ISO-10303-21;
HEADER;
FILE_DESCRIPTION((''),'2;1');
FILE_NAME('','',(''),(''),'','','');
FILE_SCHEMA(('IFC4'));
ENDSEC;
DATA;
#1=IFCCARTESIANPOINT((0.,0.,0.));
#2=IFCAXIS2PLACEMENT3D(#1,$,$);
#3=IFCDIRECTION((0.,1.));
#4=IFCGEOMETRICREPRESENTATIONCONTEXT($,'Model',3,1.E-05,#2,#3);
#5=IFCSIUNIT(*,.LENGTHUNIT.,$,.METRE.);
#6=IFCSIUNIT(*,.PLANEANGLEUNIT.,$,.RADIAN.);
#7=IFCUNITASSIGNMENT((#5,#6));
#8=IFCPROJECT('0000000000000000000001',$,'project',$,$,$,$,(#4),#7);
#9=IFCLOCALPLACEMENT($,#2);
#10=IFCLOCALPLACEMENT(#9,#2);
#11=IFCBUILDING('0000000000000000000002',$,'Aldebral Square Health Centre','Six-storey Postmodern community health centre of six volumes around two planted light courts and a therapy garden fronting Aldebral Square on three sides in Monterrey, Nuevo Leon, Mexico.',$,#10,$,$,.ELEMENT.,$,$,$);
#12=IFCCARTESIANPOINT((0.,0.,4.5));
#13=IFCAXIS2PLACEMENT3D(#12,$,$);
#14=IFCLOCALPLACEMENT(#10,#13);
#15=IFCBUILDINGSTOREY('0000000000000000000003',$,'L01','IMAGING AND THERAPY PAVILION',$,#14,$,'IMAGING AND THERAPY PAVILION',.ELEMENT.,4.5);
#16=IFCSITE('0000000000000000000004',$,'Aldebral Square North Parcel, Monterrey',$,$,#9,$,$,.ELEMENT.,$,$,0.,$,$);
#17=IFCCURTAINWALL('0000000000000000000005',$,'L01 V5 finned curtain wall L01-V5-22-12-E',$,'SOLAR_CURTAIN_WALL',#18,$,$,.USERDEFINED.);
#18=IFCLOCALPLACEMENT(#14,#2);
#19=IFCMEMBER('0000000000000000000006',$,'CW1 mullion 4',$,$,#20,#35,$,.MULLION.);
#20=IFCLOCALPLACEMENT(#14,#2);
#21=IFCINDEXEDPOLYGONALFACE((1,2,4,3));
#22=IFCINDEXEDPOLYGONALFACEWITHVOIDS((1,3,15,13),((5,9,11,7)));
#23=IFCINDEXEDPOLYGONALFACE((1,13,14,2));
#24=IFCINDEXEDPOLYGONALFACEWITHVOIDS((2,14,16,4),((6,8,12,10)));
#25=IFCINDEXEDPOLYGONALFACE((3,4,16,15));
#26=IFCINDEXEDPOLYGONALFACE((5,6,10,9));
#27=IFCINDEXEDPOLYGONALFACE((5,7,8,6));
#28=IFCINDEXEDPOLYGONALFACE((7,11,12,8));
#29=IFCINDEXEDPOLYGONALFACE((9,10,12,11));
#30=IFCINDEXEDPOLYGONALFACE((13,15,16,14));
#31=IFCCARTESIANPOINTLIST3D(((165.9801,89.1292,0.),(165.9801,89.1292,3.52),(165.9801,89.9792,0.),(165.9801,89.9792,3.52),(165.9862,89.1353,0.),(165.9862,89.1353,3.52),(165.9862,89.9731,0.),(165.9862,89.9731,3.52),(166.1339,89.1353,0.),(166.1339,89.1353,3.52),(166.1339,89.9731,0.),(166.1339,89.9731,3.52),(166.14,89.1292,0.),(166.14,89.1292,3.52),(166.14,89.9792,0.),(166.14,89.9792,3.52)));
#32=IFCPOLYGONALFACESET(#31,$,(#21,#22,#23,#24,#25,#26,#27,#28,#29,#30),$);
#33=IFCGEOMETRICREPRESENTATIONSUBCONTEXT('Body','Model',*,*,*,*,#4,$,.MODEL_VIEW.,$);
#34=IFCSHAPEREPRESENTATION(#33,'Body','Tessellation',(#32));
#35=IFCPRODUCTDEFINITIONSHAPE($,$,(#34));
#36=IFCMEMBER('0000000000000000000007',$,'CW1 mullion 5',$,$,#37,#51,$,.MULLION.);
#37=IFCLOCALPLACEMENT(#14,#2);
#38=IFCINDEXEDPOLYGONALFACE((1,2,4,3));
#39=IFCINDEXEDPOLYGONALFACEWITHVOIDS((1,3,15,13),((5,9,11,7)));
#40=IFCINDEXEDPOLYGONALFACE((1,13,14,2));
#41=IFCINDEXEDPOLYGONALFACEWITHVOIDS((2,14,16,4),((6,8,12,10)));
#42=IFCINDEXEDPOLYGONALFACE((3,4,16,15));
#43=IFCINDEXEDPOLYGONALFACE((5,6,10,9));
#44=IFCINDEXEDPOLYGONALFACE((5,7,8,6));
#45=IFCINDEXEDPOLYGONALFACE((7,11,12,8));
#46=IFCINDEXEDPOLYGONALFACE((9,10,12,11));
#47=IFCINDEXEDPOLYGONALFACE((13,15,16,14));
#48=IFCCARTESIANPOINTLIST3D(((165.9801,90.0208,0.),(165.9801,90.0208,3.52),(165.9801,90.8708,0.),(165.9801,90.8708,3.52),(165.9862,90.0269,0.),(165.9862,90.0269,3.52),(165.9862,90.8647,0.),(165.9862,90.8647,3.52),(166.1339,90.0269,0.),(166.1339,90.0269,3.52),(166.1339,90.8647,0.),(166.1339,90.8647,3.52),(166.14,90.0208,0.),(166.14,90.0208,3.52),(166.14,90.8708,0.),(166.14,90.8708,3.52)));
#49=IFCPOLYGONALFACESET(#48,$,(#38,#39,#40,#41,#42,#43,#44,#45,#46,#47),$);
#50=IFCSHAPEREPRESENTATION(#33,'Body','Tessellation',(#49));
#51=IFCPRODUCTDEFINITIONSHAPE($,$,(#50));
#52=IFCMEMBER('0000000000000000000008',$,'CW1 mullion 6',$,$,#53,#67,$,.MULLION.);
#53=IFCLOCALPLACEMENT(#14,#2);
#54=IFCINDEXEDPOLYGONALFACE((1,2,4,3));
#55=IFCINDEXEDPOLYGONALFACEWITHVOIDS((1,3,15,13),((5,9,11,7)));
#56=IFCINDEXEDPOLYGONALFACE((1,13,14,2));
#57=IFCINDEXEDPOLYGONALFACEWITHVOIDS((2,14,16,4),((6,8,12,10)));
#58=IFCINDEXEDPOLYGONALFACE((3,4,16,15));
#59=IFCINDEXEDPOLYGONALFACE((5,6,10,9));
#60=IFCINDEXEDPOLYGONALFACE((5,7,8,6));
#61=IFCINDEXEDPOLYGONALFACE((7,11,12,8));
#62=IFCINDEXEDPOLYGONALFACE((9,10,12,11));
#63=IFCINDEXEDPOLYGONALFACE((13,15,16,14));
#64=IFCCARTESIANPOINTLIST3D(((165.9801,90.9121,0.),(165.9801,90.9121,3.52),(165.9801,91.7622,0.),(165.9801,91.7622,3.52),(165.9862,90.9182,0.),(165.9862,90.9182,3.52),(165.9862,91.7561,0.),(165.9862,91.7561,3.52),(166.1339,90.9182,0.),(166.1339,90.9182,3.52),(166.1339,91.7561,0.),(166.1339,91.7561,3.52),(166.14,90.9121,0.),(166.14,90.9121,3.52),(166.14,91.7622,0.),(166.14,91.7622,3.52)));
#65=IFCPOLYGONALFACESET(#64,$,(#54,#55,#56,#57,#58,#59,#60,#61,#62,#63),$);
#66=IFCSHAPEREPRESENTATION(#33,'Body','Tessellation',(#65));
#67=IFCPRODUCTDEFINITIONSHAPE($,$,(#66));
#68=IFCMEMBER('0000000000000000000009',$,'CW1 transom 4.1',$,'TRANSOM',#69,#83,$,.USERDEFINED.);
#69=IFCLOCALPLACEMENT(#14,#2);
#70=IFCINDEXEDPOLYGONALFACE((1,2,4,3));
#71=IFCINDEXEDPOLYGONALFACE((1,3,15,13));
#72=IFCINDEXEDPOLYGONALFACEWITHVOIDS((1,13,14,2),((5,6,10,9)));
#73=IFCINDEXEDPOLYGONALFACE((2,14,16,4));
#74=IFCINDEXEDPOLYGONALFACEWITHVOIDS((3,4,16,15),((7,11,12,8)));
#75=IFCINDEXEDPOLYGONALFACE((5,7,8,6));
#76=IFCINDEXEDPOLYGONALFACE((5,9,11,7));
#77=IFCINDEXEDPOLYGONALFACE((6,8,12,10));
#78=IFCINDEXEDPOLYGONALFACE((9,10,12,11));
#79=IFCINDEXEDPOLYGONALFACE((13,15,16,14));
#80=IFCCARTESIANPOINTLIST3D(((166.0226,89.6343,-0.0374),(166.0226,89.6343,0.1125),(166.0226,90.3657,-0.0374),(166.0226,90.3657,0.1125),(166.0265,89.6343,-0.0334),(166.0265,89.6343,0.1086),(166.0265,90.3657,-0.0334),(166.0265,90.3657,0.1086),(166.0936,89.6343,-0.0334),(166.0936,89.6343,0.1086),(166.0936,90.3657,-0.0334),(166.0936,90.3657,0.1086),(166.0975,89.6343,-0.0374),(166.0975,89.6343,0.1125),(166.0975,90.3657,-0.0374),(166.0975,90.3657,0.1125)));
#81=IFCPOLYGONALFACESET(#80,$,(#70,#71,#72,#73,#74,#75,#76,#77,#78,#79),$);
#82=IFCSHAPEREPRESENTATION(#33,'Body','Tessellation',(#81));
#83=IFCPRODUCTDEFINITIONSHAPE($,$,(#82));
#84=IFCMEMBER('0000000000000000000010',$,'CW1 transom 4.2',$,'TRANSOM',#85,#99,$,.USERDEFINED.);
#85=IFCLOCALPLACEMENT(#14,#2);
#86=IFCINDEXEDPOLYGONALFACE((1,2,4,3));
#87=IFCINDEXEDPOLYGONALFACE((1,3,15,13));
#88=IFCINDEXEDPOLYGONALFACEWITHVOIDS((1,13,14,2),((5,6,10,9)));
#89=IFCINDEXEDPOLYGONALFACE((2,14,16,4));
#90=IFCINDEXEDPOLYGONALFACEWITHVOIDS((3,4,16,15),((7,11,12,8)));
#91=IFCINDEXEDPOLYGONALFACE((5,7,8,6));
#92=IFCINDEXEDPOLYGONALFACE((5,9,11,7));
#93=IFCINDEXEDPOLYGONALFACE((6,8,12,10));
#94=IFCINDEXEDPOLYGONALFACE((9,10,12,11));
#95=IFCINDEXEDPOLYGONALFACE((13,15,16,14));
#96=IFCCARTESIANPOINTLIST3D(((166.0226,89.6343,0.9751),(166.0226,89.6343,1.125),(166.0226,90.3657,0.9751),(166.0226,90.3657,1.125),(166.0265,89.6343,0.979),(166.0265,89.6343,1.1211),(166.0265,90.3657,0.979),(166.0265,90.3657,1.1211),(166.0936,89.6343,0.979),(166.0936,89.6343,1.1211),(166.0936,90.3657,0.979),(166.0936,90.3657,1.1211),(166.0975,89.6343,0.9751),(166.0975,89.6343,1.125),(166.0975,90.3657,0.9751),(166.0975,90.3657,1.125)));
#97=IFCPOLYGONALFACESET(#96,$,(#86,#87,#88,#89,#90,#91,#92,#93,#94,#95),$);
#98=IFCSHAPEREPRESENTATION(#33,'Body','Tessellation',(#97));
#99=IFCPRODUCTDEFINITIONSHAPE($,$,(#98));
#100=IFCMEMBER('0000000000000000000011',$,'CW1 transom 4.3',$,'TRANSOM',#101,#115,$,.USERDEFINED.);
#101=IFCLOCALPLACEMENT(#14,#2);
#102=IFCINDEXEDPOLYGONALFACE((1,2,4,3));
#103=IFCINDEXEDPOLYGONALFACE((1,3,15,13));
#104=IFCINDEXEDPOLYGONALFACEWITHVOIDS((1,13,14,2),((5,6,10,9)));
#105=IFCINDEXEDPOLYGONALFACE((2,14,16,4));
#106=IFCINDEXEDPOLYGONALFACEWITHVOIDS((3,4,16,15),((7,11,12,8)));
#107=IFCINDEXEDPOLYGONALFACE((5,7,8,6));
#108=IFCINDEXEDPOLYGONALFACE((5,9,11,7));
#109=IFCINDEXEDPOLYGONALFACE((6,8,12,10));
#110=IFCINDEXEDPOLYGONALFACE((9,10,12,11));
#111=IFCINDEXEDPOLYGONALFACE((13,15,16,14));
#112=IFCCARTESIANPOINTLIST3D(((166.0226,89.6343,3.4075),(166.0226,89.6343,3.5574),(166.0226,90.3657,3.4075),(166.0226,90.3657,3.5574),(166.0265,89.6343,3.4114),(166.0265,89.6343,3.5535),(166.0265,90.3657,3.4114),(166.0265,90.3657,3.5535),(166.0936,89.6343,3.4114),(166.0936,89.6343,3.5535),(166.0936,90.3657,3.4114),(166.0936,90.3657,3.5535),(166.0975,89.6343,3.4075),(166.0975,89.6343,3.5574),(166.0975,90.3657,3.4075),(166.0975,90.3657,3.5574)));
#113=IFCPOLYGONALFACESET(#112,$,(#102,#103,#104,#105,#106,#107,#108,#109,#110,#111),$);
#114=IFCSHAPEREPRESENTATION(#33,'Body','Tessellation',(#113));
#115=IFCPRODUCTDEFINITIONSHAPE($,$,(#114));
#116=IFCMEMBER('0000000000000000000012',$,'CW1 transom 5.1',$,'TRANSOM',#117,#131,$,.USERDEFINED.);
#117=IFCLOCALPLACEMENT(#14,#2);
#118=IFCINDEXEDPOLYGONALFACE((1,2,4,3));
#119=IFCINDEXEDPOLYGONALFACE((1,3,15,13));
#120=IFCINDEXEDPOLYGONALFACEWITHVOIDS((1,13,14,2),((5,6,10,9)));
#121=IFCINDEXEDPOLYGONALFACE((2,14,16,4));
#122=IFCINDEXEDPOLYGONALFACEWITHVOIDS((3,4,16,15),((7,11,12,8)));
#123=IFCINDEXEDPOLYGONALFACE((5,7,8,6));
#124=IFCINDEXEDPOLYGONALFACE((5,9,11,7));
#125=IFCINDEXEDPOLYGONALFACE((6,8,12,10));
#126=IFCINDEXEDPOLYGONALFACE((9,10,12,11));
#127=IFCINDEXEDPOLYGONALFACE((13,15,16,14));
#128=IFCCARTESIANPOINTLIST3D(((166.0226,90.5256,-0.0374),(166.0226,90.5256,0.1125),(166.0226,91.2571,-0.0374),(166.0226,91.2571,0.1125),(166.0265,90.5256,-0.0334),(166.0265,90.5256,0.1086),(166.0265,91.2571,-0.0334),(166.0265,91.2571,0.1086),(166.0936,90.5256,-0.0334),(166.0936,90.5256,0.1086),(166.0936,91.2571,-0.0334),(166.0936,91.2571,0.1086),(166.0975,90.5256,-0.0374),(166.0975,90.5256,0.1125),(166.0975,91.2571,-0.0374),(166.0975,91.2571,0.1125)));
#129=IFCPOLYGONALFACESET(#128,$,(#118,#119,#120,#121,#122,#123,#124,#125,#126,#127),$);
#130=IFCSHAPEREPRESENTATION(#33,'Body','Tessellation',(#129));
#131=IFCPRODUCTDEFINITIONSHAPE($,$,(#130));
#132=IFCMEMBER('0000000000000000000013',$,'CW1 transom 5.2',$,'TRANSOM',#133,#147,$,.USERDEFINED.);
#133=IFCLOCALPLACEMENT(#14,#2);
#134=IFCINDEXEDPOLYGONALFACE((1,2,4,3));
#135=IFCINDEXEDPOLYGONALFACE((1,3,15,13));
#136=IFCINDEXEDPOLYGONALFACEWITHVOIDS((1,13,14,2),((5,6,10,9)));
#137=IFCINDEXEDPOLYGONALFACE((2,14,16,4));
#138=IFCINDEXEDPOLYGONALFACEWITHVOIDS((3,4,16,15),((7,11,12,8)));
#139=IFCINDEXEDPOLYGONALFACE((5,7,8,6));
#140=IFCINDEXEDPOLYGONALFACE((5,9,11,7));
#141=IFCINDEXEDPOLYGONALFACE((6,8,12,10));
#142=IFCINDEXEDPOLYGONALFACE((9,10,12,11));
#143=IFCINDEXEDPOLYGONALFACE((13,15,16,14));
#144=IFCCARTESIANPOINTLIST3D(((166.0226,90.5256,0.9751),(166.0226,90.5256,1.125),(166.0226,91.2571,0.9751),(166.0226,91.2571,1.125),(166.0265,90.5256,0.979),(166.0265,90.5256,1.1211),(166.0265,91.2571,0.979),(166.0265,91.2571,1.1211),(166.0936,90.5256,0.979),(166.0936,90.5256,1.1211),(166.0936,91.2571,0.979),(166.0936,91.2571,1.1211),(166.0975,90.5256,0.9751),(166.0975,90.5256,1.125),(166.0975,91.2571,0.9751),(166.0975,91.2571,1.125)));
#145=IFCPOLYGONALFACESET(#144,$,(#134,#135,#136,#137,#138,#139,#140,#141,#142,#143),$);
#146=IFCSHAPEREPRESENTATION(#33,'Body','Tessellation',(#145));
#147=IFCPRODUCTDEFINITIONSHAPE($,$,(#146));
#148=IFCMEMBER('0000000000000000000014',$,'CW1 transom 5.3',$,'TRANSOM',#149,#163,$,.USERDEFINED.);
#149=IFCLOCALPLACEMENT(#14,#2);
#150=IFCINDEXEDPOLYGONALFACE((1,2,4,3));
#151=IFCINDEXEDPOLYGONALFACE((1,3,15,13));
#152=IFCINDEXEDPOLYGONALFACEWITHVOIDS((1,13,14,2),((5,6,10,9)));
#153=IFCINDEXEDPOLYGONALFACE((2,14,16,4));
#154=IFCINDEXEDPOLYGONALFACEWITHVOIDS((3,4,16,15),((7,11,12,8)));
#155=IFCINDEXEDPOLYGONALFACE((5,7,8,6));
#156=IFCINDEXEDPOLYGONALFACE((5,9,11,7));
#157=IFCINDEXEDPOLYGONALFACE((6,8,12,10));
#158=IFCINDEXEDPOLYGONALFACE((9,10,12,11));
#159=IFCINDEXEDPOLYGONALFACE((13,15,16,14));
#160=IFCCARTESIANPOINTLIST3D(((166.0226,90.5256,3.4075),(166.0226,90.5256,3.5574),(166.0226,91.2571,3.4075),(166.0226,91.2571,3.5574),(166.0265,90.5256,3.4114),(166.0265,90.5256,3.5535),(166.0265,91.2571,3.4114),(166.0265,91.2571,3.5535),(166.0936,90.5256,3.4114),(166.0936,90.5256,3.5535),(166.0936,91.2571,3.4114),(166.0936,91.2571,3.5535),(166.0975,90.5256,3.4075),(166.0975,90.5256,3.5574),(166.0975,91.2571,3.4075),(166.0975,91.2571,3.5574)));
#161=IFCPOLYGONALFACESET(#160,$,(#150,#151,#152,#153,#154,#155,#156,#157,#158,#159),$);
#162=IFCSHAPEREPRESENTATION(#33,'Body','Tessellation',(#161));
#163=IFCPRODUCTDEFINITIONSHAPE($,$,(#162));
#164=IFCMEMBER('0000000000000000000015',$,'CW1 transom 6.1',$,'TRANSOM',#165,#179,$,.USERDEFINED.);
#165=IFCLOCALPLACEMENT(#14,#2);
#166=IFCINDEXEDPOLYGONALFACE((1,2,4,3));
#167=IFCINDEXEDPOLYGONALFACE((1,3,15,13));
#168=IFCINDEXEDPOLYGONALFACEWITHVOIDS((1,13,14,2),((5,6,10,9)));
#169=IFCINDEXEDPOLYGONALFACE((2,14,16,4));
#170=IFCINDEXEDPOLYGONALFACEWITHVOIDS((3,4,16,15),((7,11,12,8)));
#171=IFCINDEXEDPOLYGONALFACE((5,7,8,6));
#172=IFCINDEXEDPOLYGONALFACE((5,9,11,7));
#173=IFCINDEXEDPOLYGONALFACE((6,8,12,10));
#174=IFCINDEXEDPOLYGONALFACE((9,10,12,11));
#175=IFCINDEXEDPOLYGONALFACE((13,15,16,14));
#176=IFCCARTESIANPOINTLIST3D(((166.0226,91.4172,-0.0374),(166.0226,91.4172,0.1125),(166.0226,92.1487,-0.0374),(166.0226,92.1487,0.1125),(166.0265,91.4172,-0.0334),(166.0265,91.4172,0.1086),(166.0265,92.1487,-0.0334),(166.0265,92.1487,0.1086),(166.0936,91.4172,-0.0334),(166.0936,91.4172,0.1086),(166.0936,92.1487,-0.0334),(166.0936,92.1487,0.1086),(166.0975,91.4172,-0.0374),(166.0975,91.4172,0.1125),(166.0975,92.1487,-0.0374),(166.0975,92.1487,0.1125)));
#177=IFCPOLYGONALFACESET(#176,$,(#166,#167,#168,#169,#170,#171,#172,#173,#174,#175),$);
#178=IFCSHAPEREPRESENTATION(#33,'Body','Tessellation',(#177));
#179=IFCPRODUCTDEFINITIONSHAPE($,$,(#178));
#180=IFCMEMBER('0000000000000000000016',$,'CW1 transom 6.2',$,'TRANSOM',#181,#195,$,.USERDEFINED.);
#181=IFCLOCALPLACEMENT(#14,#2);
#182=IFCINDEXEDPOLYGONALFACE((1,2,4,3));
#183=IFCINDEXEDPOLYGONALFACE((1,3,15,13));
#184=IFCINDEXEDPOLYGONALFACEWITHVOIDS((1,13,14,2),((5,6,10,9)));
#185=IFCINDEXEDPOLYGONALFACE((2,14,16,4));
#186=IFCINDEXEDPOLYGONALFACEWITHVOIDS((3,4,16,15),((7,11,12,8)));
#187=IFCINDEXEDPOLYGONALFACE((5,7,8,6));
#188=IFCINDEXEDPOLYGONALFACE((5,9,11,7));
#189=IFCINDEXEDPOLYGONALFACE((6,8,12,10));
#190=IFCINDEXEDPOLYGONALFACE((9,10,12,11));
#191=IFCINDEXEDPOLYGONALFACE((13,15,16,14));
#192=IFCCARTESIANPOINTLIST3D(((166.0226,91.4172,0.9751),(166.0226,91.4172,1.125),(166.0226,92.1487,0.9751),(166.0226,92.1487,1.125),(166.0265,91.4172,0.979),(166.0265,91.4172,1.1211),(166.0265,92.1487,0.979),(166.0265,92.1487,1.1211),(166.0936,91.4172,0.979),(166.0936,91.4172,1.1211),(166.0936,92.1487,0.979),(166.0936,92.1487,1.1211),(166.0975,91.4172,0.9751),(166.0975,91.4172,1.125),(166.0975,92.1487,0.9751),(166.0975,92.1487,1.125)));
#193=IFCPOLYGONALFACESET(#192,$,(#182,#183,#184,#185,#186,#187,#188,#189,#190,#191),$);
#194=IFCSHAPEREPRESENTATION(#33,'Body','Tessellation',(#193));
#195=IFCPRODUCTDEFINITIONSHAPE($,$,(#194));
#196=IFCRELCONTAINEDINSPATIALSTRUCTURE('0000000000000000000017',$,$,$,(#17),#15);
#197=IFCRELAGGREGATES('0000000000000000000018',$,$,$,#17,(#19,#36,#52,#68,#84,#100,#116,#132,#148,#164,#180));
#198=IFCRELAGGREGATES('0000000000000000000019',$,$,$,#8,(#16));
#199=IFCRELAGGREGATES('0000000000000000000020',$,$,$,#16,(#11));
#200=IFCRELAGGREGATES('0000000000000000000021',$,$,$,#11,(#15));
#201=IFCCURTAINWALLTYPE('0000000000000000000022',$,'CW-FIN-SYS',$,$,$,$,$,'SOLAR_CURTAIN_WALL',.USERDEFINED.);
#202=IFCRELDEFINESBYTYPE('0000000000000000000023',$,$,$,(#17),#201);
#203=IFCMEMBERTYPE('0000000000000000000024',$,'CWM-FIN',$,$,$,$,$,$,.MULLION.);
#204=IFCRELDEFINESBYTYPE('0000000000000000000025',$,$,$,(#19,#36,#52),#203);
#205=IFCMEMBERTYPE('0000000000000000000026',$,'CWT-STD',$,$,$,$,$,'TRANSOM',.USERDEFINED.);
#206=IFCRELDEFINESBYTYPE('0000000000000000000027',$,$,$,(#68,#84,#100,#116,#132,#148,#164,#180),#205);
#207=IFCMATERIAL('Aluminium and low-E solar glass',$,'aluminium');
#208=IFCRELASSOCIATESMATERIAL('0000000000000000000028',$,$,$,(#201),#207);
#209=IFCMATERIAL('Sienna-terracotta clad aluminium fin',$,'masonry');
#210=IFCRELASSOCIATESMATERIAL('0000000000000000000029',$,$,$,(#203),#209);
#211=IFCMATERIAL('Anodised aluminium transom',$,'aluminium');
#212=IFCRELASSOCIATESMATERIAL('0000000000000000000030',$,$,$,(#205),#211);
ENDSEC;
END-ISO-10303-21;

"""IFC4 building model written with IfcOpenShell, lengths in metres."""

from ifc_helpers import new_model, si_unit, direction, frame, origin, origin_2d, place, context, subcontext, project, spatial, hollow_rectangle, extrude, material, material_profile, profile_set, type_object, element, aggregate, save


model = new_model("IFC4")

# Units and contexts
model_context = context("Model", 3, precision=1e-05, world=origin(), true_north=direction((0.0, 1.0)))
body_context = subcontext(model_context, "Body", "Model", "MODEL_VIEW")
ifc_project = project(units=[si_unit("LENGTHUNIT", "METRE"), si_unit("PLANEANGLEUNIT", "RADIAN")], contexts=[model_context])

# Site, building, storey
site_placement = place(None, origin())
site = spatial("IfcSite", under=ifc_project, at=site_placement, Name="Aldebral Square North Parcel, Monterrey", CompositionType="ELEMENT", RefElevation=0.0)
building_placement = place(site_placement, origin())
building = spatial("IfcBuilding", under=site, at=building_placement, Name="Aldebral Square Health Centre", Description="Six-storey Postmodern community health centre of six volumes around two planted light courts and a therapy garden fronting Aldebral Square on three sides in Monterrey, Nuevo Leon, Mexico.", CompositionType="ELEMENT")
storey_placement = place(building_placement, frame((0.0, 0.0, 4.5)))
storey = spatial("IfcBuildingStorey", under=building, at=storey_placement, Name="L01", Description="IMAGING AND THERAPY PAVILION", LongName="IMAGING AND THERAPY PAVILION", CompositionType="ELEMENT", Elevation=4.5)

# Curtain wall, members
ifc_material_1 = material(Name="Aluminium and low-E solar glass", Category="aluminium")
curtain_wall_type = type_object("IfcCurtainWallType", Name="CW-FIN-SYS", ElementType="SOLAR_CURTAIN_WALL", PredefinedType="USERDEFINED", material=ifc_material_1)
curtain_wall_placement = place(storey_placement, origin())
curtain_wall = element("IfcCurtainWall", 1, at=curtain_wall_placement, inside=storey, type_object=curtain_wall_type, Name="L01 V5 finned curtain wall L01-V5-22-12-E", ObjectType="SOLAR_CURTAIN_WALL", PredefinedType="USERDEFINED")
ifc_material_2 = material(Name="Sienna-terracotta clad aluminium fin", Category="masonry")
ifc_material_profile_1 = material_profile(ifc_material_2, hollow_rectangle(XDim=0.1599, YDim=0.8501, WallThickness=0.0061, at=origin_2d()), Name="FIN 160x850x6")
ifc_profile_set_1 = profile_set([ifc_material_profile_1], Name="Sienna-terracotta clad aluminium fin")
member_type_1 = type_object("IfcMemberType", Name="CWM-FIN", PredefinedType="MULLION", material=ifc_profile_set_1)
member_1_placement = place(storey_placement, frame((166.0601, 89.5542, 0.0), z_axis=(0.0, 0.0, 1.0), x_axis=(-1.0, 0.0, 0.0)))
member_1 = element("IfcMember", 2, at=member_1_placement, type_object=member_type_1, Name="CW1 mullion 4", PredefinedType="MULLION", context=body_context, shape_type="SweptSolid", body=[
    extrude(hollow_rectangle(XDim=0.1599, YDim=0.8501, WallThickness=0.0061, at=origin_2d()), origin(), (0.0, 0.0, 1.0), 3.52),
])
member_2_placement = place(storey_placement, frame((166.0601, 90.4458, 0.0), z_axis=(0.0, 0.0, 1.0), x_axis=(-1.0, 0.0, 0.0)))
member_2 = element("IfcMember", 3, at=member_2_placement, type_object=member_type_1, Name="CW1 mullion 5", PredefinedType="MULLION", context=body_context, shape_type="SweptSolid", body=[
    extrude(hollow_rectangle(XDim=0.1599, YDim=0.8501, WallThickness=0.0061, at=origin_2d()), origin(), (0.0, 0.0, 1.0), 3.52),
])
member_3_placement = place(storey_placement, frame((166.0601, 91.3372, 0.0), z_axis=(0.0, 0.0, 1.0), x_axis=(-1.0, 0.0, 0.0)))
member_3 = element("IfcMember", 4, at=member_3_placement, type_object=member_type_1, Name="CW1 mullion 6", PredefinedType="MULLION", context=body_context, shape_type="SweptSolid", body=[
    extrude(hollow_rectangle(XDim=0.1599, YDim=0.8501, WallThickness=0.0061, at=origin_2d()), origin(), (0.0, 0.0, 1.0), 3.52),
])
ifc_material_3 = material(Name="Anodised aluminium transom", Category="aluminium")
ifc_material_profile_2 = material_profile(ifc_material_3, hollow_rectangle(XDim=0.075, YDim=0.1499, WallThickness=0.0039, at=origin_2d()), Name="CWT 75x150x4")
ifc_profile_set_2 = profile_set([ifc_material_profile_2], Name="Anodised aluminium transom")
member_type_2 = type_object("IfcMemberType", Name="CWT-STD", ElementType="TRANSOM", PredefinedType="USERDEFINED", material=ifc_profile_set_2)
member_4_placement = place(storey_placement, frame((166.0601, 89.6343, 0.0376), z_axis=(0.0, 1.0, 0.0), x_axis=(-1.0, 0.0, 0.0)))
member_4 = element("IfcMember", 5, at=member_4_placement, type_object=member_type_2, Name="CW1 transom 4.1", ObjectType="TRANSOM", PredefinedType="USERDEFINED", context=body_context, shape_type="SweptSolid", body=[
    extrude(hollow_rectangle(XDim=0.075, YDim=0.1499, WallThickness=0.0039, at=origin_2d()), origin(), (0.0, 0.0, 1.0), 0.7314),
])
member_5_placement = place(storey_placement, frame((166.0601, 89.6343, 1.05), z_axis=(0.0, 1.0, 0.0), x_axis=(-1.0, 0.0, 0.0)))
member_5 = element("IfcMember", 6, at=member_5_placement, type_object=member_type_2, Name="CW1 transom 4.2", ObjectType="TRANSOM", PredefinedType="USERDEFINED", context=body_context, shape_type="SweptSolid", body=[
    extrude(hollow_rectangle(XDim=0.075, YDim=0.1499, WallThickness=0.0039, at=origin_2d()), origin(), (0.0, 0.0, 1.0), 0.7314),
])
member_6_placement = place(storey_placement, frame((166.0601, 89.6343, 3.4824), z_axis=(0.0, 1.0, 0.0), x_axis=(-1.0, 0.0, 0.0)))
member_6 = element("IfcMember", 7, at=member_6_placement, type_object=member_type_2, Name="CW1 transom 4.3", ObjectType="TRANSOM", PredefinedType="USERDEFINED", context=body_context, shape_type="SweptSolid", body=[
    extrude(hollow_rectangle(XDim=0.075, YDim=0.1499, WallThickness=0.0039, at=origin_2d()), origin(), (0.0, 0.0, 1.0), 0.7314),
])
member_7_placement = place(storey_placement, frame((166.0601, 90.5256, 0.0376), z_axis=(0.0, 1.0, 0.0), x_axis=(-1.0, 0.0, 0.0)))
member_7 = element("IfcMember", 8, at=member_7_placement, type_object=member_type_2, Name="CW1 transom 5.1", ObjectType="TRANSOM", PredefinedType="USERDEFINED", context=body_context, shape_type="SweptSolid", body=[
    extrude(hollow_rectangle(XDim=0.075, YDim=0.1499, WallThickness=0.0039, at=origin_2d()), origin(), (0.0, 0.0, 1.0), 0.7314),
])
member_8_placement = place(storey_placement, frame((166.0601, 90.5256, 1.05), z_axis=(0.0, 1.0, 0.0), x_axis=(-1.0, 0.0, 0.0)))
member_8 = element("IfcMember", 9, at=member_8_placement, type_object=member_type_2, Name="CW1 transom 5.2", ObjectType="TRANSOM", PredefinedType="USERDEFINED", context=body_context, shape_type="SweptSolid", body=[
    extrude(hollow_rectangle(XDim=0.075, YDim=0.1499, WallThickness=0.0039, at=origin_2d()), origin(), (0.0, 0.0, 1.0), 0.7314),
])
member_9_placement = place(storey_placement, frame((166.0601, 90.5256, 3.4824), z_axis=(0.0, 1.0, 0.0), x_axis=(-1.0, 0.0, 0.0)))
member_9 = element("IfcMember", 10, at=member_9_placement, type_object=member_type_2, Name="CW1 transom 5.3", ObjectType="TRANSOM", PredefinedType="USERDEFINED", context=body_context, shape_type="SweptSolid", body=[
    extrude(hollow_rectangle(XDim=0.075, YDim=0.1499, WallThickness=0.0039, at=origin_2d()), origin(), (0.0, 0.0, 1.0), 0.7314),
])
member_10_placement = place(storey_placement, frame((166.0601, 91.4172, 0.0376), z_axis=(0.0, 1.0, 0.0), x_axis=(-1.0, 0.0, 0.0)))
member_10 = element("IfcMember", 11, at=member_10_placement, type_object=member_type_2, Name="CW1 transom 6.1", ObjectType="TRANSOM", PredefinedType="USERDEFINED", context=body_context, shape_type="SweptSolid", body=[
    extrude(hollow_rectangle(XDim=0.075, YDim=0.1499, WallThickness=0.0039, at=origin_2d()), origin(), (0.0, 0.0, 1.0), 0.7314),
])
member_11_placement = place(storey_placement, frame((166.0601, 91.4172, 1.05), z_axis=(0.0, 1.0, 0.0), x_axis=(-1.0, 0.0, 0.0)))
member_11 = element("IfcMember", 12, at=member_11_placement, type_object=member_type_2, Name="CW1 transom 6.2", ObjectType="TRANSOM", PredefinedType="USERDEFINED", context=body_context, shape_type="SweptSolid", body=[
    extrude(hollow_rectangle(XDim=0.075, YDim=0.1499, WallThickness=0.0039, at=origin_2d()), origin(), (0.0, 0.0, 1.0), 0.7314),
])
aggregate(curtain_wall, [member_1, member_2, member_3, member_4, member_5, member_6, member_7, member_8, member_9, member_10, member_11])

save(model, "model.ifc")
